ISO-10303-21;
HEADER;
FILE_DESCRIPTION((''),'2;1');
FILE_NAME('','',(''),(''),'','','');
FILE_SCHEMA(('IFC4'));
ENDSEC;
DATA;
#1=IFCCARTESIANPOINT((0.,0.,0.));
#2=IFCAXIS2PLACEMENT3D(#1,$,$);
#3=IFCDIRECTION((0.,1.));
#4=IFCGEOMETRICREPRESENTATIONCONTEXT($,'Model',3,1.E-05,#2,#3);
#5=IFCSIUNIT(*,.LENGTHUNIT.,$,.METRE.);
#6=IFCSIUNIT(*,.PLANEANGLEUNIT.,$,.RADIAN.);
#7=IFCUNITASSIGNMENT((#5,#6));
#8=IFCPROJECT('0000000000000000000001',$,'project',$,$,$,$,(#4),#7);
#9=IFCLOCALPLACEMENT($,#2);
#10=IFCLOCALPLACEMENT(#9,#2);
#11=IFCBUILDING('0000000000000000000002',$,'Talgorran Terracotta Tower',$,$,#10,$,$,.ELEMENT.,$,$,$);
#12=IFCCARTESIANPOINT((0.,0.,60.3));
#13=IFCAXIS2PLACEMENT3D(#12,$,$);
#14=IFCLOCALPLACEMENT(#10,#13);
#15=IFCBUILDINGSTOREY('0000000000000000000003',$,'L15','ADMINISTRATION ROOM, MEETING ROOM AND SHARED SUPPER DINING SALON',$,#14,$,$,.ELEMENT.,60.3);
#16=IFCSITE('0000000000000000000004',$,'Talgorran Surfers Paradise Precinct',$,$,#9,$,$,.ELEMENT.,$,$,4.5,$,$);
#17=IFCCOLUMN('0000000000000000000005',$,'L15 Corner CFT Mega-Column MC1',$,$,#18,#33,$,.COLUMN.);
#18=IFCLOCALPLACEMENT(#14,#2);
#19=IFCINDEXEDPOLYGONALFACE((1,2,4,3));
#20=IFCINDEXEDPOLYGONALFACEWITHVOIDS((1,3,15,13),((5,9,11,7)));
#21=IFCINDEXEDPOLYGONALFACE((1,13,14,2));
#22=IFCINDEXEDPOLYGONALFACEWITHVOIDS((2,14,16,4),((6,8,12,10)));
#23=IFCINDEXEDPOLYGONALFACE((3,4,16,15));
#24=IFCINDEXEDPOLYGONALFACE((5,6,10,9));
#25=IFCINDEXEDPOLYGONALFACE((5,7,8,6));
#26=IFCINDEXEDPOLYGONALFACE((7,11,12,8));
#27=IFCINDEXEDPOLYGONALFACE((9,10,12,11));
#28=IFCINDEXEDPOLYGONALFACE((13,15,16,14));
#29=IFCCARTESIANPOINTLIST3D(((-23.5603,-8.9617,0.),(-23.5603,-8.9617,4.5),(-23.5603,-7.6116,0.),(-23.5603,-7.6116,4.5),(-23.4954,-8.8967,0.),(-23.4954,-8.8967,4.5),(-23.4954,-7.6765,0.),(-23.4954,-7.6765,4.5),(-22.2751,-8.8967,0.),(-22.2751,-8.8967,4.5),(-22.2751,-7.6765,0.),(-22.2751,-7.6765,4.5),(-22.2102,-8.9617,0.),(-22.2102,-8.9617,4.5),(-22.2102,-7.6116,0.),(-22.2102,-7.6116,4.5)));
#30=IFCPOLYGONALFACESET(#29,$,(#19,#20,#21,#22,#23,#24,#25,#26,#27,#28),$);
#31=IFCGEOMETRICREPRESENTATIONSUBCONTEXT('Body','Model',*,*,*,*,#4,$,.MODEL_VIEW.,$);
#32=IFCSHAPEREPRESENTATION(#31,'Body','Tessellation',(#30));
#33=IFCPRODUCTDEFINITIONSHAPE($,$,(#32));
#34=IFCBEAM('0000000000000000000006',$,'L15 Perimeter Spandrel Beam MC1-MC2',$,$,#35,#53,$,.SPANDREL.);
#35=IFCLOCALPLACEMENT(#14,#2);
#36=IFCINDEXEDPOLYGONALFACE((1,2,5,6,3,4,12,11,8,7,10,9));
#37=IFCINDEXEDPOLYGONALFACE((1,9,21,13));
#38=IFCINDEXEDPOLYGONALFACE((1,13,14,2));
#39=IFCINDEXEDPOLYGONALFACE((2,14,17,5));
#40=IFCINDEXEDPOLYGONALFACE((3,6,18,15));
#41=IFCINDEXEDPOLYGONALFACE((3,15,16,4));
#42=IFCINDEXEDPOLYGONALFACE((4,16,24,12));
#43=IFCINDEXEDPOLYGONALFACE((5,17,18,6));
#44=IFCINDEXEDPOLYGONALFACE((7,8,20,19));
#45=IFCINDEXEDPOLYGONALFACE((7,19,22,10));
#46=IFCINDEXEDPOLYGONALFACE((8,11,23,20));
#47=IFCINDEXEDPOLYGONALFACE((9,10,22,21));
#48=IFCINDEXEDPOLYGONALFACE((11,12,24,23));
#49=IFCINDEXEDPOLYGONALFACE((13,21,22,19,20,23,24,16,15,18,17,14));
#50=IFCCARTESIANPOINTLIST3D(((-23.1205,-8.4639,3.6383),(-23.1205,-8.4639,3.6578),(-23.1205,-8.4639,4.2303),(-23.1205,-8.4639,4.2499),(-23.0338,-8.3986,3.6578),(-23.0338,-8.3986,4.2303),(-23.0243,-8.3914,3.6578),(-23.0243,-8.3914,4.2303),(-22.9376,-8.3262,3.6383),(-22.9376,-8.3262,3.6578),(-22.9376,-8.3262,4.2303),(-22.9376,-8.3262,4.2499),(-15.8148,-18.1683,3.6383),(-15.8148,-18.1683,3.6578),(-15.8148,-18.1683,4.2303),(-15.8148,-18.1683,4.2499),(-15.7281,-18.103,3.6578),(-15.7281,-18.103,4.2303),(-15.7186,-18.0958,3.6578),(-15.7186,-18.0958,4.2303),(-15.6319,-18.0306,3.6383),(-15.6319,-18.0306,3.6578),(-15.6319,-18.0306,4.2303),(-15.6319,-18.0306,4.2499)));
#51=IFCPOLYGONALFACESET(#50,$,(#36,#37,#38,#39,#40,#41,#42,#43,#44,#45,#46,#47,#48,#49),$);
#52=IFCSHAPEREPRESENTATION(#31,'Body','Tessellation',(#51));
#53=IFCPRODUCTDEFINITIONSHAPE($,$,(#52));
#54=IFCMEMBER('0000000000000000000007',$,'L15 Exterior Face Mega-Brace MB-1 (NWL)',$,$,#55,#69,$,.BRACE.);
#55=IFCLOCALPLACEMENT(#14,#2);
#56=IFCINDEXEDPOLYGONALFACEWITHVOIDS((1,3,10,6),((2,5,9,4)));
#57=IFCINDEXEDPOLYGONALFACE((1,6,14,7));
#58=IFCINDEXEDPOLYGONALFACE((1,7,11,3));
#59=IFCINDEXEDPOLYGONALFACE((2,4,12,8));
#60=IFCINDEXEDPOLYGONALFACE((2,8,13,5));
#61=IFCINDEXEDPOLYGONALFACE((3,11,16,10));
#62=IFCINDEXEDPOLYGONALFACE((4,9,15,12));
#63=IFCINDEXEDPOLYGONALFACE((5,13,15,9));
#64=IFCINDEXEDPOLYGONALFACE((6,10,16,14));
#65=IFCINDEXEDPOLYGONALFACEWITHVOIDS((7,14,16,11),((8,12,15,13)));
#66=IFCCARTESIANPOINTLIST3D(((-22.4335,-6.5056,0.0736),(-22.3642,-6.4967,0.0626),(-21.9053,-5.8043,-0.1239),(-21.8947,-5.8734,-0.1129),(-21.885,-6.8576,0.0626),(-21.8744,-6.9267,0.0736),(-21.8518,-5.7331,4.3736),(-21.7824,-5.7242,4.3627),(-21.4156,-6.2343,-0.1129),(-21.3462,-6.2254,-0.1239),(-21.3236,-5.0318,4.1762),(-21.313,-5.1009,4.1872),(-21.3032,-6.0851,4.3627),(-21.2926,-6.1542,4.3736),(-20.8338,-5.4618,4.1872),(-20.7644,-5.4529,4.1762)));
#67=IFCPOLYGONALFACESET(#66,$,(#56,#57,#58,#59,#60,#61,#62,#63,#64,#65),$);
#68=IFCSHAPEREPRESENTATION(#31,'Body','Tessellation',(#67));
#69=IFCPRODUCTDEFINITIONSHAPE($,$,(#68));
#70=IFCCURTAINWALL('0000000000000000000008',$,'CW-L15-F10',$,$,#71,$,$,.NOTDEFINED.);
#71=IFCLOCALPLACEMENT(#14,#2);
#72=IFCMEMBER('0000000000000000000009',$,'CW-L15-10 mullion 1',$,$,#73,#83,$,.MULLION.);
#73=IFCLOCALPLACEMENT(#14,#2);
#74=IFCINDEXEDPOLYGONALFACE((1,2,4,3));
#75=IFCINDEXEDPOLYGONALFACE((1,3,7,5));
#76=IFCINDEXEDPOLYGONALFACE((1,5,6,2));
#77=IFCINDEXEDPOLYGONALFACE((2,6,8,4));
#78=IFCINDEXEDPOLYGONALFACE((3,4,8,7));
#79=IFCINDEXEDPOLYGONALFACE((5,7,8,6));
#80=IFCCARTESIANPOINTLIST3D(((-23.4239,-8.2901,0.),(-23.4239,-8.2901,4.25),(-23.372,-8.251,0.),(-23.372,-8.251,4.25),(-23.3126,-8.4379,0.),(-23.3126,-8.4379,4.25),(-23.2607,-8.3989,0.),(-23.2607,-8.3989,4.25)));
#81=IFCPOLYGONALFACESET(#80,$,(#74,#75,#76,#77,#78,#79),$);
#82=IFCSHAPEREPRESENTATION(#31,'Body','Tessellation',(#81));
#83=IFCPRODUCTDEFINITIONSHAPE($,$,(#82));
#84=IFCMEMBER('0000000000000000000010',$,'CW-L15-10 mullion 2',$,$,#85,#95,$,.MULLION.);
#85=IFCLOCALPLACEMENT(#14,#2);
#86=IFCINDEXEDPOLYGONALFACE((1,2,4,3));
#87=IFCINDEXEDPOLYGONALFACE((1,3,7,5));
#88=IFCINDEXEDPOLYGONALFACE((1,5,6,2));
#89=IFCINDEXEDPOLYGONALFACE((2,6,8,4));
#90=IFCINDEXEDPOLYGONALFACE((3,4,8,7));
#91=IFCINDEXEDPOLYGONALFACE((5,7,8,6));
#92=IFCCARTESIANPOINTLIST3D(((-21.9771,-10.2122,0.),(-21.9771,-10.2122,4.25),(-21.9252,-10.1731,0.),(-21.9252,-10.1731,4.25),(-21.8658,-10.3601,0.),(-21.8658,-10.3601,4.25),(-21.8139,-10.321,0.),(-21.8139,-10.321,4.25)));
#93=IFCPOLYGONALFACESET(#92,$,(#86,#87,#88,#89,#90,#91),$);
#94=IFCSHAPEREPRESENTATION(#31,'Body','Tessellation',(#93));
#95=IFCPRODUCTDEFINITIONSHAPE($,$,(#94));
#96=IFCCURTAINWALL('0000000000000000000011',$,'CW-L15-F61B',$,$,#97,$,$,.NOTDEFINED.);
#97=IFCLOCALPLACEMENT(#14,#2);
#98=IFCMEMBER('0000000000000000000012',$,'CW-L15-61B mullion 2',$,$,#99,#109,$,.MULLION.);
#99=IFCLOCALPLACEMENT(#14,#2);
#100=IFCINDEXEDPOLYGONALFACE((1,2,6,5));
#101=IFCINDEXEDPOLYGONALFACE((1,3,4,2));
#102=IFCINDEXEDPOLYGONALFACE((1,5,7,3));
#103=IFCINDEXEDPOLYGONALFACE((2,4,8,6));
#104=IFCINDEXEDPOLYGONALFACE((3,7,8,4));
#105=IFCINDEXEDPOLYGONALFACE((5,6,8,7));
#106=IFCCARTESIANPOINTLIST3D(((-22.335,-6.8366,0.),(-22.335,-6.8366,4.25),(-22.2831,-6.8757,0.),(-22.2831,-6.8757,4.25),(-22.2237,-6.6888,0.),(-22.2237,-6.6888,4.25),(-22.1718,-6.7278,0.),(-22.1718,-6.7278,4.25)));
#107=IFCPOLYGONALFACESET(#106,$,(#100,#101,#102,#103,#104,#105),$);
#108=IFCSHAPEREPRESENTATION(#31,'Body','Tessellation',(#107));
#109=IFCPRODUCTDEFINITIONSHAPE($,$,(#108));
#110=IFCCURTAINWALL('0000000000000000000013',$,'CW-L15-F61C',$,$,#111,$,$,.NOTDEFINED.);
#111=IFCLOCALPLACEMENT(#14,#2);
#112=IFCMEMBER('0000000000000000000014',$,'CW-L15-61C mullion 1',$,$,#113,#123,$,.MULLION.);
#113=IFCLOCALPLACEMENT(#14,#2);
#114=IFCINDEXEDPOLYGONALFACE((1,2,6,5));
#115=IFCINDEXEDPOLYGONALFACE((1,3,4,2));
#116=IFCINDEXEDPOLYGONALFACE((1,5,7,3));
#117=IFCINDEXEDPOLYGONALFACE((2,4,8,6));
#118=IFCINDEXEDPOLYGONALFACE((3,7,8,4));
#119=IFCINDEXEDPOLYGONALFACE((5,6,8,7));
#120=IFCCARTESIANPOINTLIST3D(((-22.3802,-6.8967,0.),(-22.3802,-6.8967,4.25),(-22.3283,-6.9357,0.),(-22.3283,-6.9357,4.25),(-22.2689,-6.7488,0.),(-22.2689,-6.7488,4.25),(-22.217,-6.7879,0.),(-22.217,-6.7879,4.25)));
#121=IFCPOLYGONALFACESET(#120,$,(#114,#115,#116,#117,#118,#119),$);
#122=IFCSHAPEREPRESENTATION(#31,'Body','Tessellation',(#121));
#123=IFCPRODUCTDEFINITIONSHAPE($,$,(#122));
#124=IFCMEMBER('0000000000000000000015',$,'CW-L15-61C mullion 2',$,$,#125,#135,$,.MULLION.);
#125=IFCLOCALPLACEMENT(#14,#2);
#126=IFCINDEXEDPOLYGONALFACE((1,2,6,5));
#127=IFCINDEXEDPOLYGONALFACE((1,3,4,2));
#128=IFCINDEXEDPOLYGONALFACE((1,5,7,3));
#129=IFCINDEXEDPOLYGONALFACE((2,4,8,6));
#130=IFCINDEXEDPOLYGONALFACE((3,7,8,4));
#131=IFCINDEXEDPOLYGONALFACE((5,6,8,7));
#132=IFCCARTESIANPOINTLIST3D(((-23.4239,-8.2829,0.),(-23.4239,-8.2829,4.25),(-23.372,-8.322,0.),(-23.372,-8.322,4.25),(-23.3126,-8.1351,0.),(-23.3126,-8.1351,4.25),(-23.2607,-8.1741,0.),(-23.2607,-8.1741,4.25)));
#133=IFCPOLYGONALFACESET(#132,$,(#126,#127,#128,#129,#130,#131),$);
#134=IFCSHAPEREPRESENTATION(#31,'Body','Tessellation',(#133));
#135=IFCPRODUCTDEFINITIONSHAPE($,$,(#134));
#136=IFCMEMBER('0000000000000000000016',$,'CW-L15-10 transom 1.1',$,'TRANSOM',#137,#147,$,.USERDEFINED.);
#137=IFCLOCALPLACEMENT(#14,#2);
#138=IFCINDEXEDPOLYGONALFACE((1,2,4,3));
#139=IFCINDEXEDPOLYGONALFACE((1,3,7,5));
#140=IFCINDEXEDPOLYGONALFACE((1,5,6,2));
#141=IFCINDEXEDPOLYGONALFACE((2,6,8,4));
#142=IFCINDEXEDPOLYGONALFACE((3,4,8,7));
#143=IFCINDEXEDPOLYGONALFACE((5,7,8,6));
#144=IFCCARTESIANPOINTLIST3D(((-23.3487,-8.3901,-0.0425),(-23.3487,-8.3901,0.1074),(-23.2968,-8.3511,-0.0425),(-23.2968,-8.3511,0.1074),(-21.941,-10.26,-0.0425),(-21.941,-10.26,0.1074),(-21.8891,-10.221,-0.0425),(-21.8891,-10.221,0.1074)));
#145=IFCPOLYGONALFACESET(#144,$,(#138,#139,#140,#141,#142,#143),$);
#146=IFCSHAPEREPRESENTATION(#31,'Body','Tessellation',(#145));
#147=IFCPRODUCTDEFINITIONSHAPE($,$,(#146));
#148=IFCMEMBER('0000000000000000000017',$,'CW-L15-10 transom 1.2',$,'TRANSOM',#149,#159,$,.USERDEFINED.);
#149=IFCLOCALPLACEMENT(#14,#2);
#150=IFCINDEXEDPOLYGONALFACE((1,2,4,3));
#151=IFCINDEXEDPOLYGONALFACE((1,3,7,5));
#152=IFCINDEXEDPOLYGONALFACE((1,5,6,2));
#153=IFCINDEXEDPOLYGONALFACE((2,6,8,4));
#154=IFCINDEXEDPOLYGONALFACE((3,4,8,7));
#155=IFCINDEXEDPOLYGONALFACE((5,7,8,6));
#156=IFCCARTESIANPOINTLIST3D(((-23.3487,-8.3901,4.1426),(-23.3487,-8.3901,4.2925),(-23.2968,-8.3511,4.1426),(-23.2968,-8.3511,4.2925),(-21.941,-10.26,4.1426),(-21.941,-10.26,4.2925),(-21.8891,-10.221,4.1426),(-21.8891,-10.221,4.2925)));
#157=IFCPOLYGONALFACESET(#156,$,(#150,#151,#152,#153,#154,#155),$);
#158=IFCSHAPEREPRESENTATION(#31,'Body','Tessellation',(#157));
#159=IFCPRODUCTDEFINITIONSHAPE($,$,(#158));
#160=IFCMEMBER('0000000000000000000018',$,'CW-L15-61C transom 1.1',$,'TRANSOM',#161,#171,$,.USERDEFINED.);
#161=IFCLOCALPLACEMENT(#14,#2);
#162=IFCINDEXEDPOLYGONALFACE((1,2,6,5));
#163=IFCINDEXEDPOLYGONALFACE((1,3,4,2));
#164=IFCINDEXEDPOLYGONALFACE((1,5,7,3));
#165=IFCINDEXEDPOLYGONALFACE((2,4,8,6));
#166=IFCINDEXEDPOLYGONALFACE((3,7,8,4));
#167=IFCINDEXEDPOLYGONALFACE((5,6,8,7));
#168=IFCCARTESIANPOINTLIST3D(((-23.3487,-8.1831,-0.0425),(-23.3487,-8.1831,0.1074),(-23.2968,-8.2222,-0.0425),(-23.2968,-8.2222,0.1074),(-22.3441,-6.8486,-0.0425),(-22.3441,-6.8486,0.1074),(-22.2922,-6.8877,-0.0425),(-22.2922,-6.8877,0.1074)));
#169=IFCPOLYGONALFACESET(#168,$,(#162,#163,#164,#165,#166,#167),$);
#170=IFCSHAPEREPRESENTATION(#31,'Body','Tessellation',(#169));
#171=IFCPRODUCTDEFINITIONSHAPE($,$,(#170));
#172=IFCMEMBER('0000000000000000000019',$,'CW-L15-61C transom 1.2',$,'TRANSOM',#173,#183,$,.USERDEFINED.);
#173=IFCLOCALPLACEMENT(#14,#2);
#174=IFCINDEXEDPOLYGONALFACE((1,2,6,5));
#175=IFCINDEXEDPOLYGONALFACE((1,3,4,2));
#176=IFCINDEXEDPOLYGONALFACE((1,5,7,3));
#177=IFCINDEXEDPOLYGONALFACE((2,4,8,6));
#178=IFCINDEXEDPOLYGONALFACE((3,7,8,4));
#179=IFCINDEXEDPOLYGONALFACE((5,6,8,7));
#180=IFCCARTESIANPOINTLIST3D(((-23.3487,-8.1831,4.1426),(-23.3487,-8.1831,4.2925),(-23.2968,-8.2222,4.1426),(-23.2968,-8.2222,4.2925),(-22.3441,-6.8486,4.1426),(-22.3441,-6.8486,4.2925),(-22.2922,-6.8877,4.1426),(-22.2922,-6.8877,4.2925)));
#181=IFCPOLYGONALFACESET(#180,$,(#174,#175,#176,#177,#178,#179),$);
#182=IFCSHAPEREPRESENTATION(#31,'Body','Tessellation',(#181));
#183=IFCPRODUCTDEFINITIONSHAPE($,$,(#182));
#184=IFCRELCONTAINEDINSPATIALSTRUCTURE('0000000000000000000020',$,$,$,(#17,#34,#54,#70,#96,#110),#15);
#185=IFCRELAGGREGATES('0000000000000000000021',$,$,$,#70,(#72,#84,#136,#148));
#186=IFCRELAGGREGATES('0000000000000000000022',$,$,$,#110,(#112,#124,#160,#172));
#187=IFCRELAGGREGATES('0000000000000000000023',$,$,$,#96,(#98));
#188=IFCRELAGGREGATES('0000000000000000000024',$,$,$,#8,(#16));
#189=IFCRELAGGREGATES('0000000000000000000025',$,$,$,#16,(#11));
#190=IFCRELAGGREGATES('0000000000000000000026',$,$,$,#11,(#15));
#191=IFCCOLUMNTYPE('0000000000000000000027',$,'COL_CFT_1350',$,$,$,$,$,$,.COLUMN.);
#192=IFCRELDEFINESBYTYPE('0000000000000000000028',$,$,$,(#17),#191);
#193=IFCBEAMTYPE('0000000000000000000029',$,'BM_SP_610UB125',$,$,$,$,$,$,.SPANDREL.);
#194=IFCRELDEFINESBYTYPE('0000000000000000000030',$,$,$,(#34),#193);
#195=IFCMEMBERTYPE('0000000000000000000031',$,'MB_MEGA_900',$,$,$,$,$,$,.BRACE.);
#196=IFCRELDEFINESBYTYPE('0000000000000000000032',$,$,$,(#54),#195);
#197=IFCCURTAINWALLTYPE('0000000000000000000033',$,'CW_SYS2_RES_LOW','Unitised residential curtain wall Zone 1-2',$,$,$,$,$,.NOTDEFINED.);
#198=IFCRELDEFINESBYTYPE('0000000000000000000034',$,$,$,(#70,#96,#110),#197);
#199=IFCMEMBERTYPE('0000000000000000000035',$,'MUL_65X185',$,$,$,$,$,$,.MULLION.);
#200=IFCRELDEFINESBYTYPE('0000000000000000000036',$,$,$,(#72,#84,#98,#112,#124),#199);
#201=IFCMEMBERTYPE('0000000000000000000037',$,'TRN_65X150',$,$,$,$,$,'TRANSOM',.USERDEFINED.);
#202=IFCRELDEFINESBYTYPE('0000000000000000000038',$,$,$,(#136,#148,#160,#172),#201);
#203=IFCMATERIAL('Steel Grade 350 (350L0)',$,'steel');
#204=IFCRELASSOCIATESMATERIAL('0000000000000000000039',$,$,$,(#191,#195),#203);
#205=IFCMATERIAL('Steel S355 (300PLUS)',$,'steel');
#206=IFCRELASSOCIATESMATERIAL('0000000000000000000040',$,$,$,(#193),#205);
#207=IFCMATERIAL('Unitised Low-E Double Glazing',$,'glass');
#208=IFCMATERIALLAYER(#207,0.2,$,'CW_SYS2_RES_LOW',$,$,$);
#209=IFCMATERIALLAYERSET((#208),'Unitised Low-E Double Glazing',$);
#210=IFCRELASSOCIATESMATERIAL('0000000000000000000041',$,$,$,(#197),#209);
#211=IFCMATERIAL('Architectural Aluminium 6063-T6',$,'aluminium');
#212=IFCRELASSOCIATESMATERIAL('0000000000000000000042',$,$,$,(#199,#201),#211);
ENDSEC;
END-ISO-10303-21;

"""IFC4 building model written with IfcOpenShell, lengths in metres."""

from ifc_helpers import new_model, si_unit, direction, frame, origin, origin_2d, place, context, subcontext, project, spatial, rectangle, hollow_rectangle, i_section, extrude, material, layer, layer_set, material_profile, profile_set, type_object, element, aggregate, save


model = new_model("IFC4")

# Units and contexts
model_context = context("Model", 3, precision=1e-05, world=origin(), true_north=direction((0.0, 1.0)))
body_context = subcontext(model_context, "Body", "Model", "MODEL_VIEW")
ifc_project = project(units=[si_unit("LENGTHUNIT", "METRE"), si_unit("PLANEANGLEUNIT", "RADIAN")], contexts=[model_context])

# Site, building, storey
site_placement = place(None, origin())
site = spatial("IfcSite", under=ifc_project, at=site_placement, Name="Talgorran Surfers Paradise Precinct", CompositionType="ELEMENT", RefElevation=4.5)
building_placement = place(site_placement, origin())
building = spatial("IfcBuilding", under=site, at=building_placement, Name="Talgorran Terracotta Tower", CompositionType="ELEMENT")
storey_placement = place(building_placement, frame((0.0, 0.0, 60.3)))
storey = spatial("IfcBuildingStorey", under=building, at=storey_placement, Name="L15", Description="ADMINISTRATION ROOM, MEETING ROOM AND SHARED SUPPER DINING SALON", CompositionType="ELEMENT", Elevation=60.3)

# Column
ifc_material_1 = material(Name="Steel Grade 350 (350L0)", Category="steel")
ifc_material_profile_1 = material_profile(ifc_material_1, hollow_rectangle(XDim=1.3501, YDim=1.3501, WallThickness=0.0649, at=origin_2d()), Name="CFT1350X1350X65")
ifc_profile_set_1 = profile_set([ifc_material_profile_1], Name="Steel Grade 350 (350L0)")
column_type = type_object("IfcColumnType", Name="COL_CFT_1350", PredefinedType="COLUMN", material=ifc_profile_set_1)
column_placement = place(storey_placement, frame((-22.8853, -8.2866, 0.0), z_axis=(0.0, 0.0, 1.0), x_axis=(1.0, 0.0, 0.0)))
element("IfcColumn", 1, at=column_placement, inside=storey, type_object=column_type, Name="L15 Corner CFT Mega-Column MC1", PredefinedType="COLUMN", context=body_context, shape_type="SweptSolid", body=[
    extrude(hollow_rectangle(XDim=1.3501, YDim=1.3501, WallThickness=0.0649, at=origin_2d()), origin(), (0.0, 0.0, 1.0), 4.5),
])

# Beam
ifc_material_2 = material(Name="Steel S355 (300PLUS)", Category="steel")
ifc_material_profile_2 = material_profile(ifc_material_2, i_section(OverallWidth=0.229, OverallDepth=0.6116, WebThickness=0.012, FlangeThickness=0.0195, at=origin_2d()), Name="610UB125")
ifc_profile_set_2 = profile_set([ifc_material_profile_2], Name="Steel S355 (300PLUS)")
beam_type = type_object("IfcBeamType", Name="BM_SP_610UB125", PredefinedType="SPANDREL", material=ifc_profile_set_2)
beam_placement = place(storey_placement, frame((-23.0291, -8.395, 3.9441), z_axis=(0.601443, -0.798916, 0.0), x_axis=(0.798916, 0.601443, 0.0)))
element("IfcBeam", 2, at=beam_placement, inside=storey, type_object=beam_type, Name="L15 Perimeter Spandrel Beam MC1-MC2", PredefinedType="SPANDREL", context=body_context, shape_type="SweptSolid", body=[
    extrude(i_section(OverallWidth=0.229, OverallDepth=0.6116, WebThickness=0.012, FlangeThickness=0.0195, at=origin_2d()), origin(), (0.0, 0.0, 1.0), 12.147),
])

# Member
ifc_material_profile_3 = material_profile(ifc_material_1, hollow_rectangle(XDim=0.7, YDim=0.8999, WallThickness=0.05, at=origin_2d()), Name="WBOX900X700X50")
ifc_profile_set_3 = profile_set([ifc_material_profile_3], Name="Steel Grade 350 (350L0)")
member_type_1 = type_object("IfcMemberType", Name="MB_MEGA_900", PredefinedType="BRACE", material=ifc_profile_set_3)
member_1_placement = place(storey_placement, frame((-21.8899, -6.3655, -0.0251), z_axis=(0.132001, 0.175263, 0.975632), x_axis=(-0.798787, 0.601615, 0.0)))
element("IfcMember", 3, at=member_1_placement, inside=storey, type_object=member_type_1, Name="L15 Exterior Face Mega-Brace MB-1 (NWL)", PredefinedType="BRACE", context=body_context, shape_type="SweptSolid", body=[
    extrude(hollow_rectangle(XDim=0.7, YDim=0.8999, WallThickness=0.05, at=origin_2d()), origin(), (0.0, 0.0, 1.0), 4.4075),
])

# Curtain wall, members
ifc_material_3 = material(Name="Unitised Low-E Double Glazing", Category="glass")
ifc_layer_1 = layer(ifc_material_3, 0.2, Name="CW_SYS2_RES_LOW")
ifc_layer_set_1 = layer_set([ifc_layer_1], Name="Unitised Low-E Double Glazing")
curtain_wall_type = type_object("IfcCurtainWallType", Name="CW_SYS2_RES_LOW", Description="Unitised residential curtain wall Zone 1-2", PredefinedType="NOTDEFINED", material=ifc_layer_set_1)
curtain_wall_1_placement = place(storey_placement, origin())
curtain_wall_1 = element("IfcCurtainWall", 4, at=curtain_wall_1_placement, inside=storey, type_object=curtain_wall_type, Name="CW-L15-F10", PredefinedType="NOTDEFINED")
ifc_material_4 = material(Name="Architectural Aluminium 6063-T6", Category="aluminium")
ifc_material_profile_4 = material_profile(ifc_material_4, rectangle(XDim=0.0649, YDim=0.1851, at=origin_2d()), Name="CWM65X185")
ifc_profile_set_4 = profile_set([ifc_material_profile_4], Name="Architectural Aluminium 6063-T6")
member_type_2 = type_object("IfcMemberType", Name="MUL_65X185", PredefinedType="MULLION", material=ifc_profile_set_4)
member_2_placement = place(storey_placement, frame((-23.3423, -8.3445, 0.0), z_axis=(0.0, 0.0, 1.0), x_axis=(0.798916, 0.601443, 0.0)))
member_2 = element("IfcMember", 5, at=member_2_placement, type_object=member_type_2, Name="CW-L15-10 mullion 1", PredefinedType="MULLION", context=body_context, shape_type="SweptSolid", body=[
    extrude(rectangle(XDim=0.0649, YDim=0.1851, at=origin_2d()), origin(), (0.0, 0.0, 1.0), 4.25),
])
member_3_placement = place(storey_placement, frame((-21.8955, -10.2666, 0.0), z_axis=(0.0, 0.0, 1.0), x_axis=(0.798916, 0.601443, 0.0)))
member_3 = element("IfcMember", 6, at=member_3_placement, type_object=member_type_2, Name="CW-L15-10 mullion 2", PredefinedType="MULLION", context=body_context, shape_type="SweptSolid", body=[
    extrude(rectangle(XDim=0.0649, YDim=0.1851, at=origin_2d()), origin(), (0.0, 0.0, 1.0), 4.25),
])

# Curtain wall, member
curtain_wall_2_placement = place(storey_placement, origin())
curtain_wall_2 = element("IfcCurtainWall", 7, at=curtain_wall_2_placement, inside=storey, type_object=curtain_wall_type, Name="CW-L15-F61B", PredefinedType="NOTDEFINED")
member_4_placement = place(storey_placement, frame((-22.2534, -6.7822, 0.0), z_axis=(0.0, 0.0, 1.0), x_axis=(0.798931, -0.601423, 0.0)))
member_4 = element("IfcMember", 8, at=member_4_placement, type_object=member_type_2, Name="CW-L15-61B mullion 2", PredefinedType="MULLION", context=body_context, shape_type="SweptSolid", body=[
    extrude(rectangle(XDim=0.0649, YDim=0.1851, at=origin_2d()), origin(), (0.0, 0.0, 1.0), 4.25),
])

# Curtain wall, members
curtain_wall_3_placement = place(storey_placement, origin())
curtain_wall_3 = element("IfcCurtainWall", 9, at=curtain_wall_3_placement, inside=storey, type_object=curtain_wall_type, Name="CW-L15-F61C", PredefinedType="NOTDEFINED")
member_5_placement = place(storey_placement, frame((-22.2986, -6.8423, 0.0), z_axis=(0.0, 0.0, 1.0), x_axis=(0.798906, -0.601456, 0.0)))
member_5 = element("IfcMember", 10, at=member_5_placement, type_object=member_type_2, Name="CW-L15-61C mullion 1", PredefinedType="MULLION", context=body_context, shape_type="SweptSolid", body=[
    extrude(rectangle(XDim=0.0649, YDim=0.1851, at=origin_2d()), origin(), (0.0, 0.0, 1.0), 4.25),
])
member_6_placement = place(storey_placement, frame((-23.3423, -8.2285, 0.0), z_axis=(0.0, 0.0, 1.0), x_axis=(0.798906, -0.601456, 0.0)))
member_6 = element("IfcMember", 11, at=member_6_placement, type_object=member_type_2, Name="CW-L15-61C mullion 2", PredefinedType="MULLION", context=body_context, shape_type="SweptSolid", body=[
    extrude(rectangle(XDim=0.0649, YDim=0.1851, at=origin_2d()), origin(), (0.0, 0.0, 1.0), 4.25),
])

# Members
ifc_material_profile_5 = material_profile(ifc_material_4, rectangle(XDim=0.0649, YDim=0.1499, at=origin_2d()), Name="CWT65X150")
ifc_profile_set_5 = profile_set([ifc_material_profile_5], Name="Architectural Aluminium 6063-T6")
member_type_3 = type_object("IfcMemberType", Name="TRN_65X150", ElementType="TRANSOM", PredefinedType="USERDEFINED", material=ifc_profile_set_5)
member_7_placement = place(storey_placement, frame((-23.3228, -8.3706, 0.0325), z_axis=(0.601451, -0.79891, 0.0), x_axis=(0.79891, 0.601451, 0.0)))
member_7 = element("IfcMember", 12, at=member_7_placement, type_object=member_type_3, Name="CW-L15-10 transom 1.1", ObjectType="TRANSOM", PredefinedType="USERDEFINED", context=body_context, shape_type="SweptSolid", body=[
    extrude(rectangle(XDim=0.0649, YDim=0.1499, at=origin_2d()), origin(), (0.0, 0.0, 1.0), 2.3406),
])
member_8_placement = place(storey_placement, frame((-23.3228, -8.3706, 4.2175), z_axis=(0.601451, -0.79891, 0.0), x_axis=(0.79891, 0.601451, 0.0)))
member_8 = element("IfcMember", 13, at=member_8_placement, type_object=member_type_3, Name="CW-L15-10 transom 1.2", ObjectType="TRANSOM", PredefinedType="USERDEFINED", context=body_context, shape_type="SweptSolid", body=[
    extrude(rectangle(XDim=0.0649, YDim=0.1499, at=origin_2d()), origin(), (0.0, 0.0, 1.0), 2.3406),
])
member_9_placement = place(storey_placement, frame((-22.3181, -6.8682, 0.0325), z_axis=(-0.601449, -0.798911, 0.0), x_axis=(0.798911, -0.601449, 0.0)))
member_9 = element("IfcMember", 14, at=member_9_placement, type_object=member_type_3, Name="CW-L15-61C transom 1.1", ObjectType="TRANSOM", PredefinedType="USERDEFINED", context=body_context, shape_type="SweptSolid", body=[
    extrude(rectangle(XDim=0.0649, YDim=0.1499, at=origin_2d()), origin(), (0.0, 0.0, 1.0), 1.6704),
])
member_10_placement = place(storey_placement, frame((-22.3181, -6.8682, 4.2175), z_axis=(-0.601449, -0.798911, 0.0), x_axis=(0.798911, -0.601449, 0.0)))
member_10 = element("IfcMember", 15, at=member_10_placement, type_object=member_type_3, Name="CW-L15-61C transom 1.2", ObjectType="TRANSOM", PredefinedType="USERDEFINED", context=body_context, shape_type="SweptSolid", body=[
    extrude(rectangle(XDim=0.0649, YDim=0.1499, at=origin_2d()), origin(), (0.0, 0.0, 1.0), 1.6704),
])

aggregate(curtain_wall_1, [member_2, member_3, member_7, member_8])
aggregate(curtain_wall_3, [member_5, member_6, member_9, member_10])
aggregate(curtain_wall_2, [member_4])

save(model, "model.ifc")
